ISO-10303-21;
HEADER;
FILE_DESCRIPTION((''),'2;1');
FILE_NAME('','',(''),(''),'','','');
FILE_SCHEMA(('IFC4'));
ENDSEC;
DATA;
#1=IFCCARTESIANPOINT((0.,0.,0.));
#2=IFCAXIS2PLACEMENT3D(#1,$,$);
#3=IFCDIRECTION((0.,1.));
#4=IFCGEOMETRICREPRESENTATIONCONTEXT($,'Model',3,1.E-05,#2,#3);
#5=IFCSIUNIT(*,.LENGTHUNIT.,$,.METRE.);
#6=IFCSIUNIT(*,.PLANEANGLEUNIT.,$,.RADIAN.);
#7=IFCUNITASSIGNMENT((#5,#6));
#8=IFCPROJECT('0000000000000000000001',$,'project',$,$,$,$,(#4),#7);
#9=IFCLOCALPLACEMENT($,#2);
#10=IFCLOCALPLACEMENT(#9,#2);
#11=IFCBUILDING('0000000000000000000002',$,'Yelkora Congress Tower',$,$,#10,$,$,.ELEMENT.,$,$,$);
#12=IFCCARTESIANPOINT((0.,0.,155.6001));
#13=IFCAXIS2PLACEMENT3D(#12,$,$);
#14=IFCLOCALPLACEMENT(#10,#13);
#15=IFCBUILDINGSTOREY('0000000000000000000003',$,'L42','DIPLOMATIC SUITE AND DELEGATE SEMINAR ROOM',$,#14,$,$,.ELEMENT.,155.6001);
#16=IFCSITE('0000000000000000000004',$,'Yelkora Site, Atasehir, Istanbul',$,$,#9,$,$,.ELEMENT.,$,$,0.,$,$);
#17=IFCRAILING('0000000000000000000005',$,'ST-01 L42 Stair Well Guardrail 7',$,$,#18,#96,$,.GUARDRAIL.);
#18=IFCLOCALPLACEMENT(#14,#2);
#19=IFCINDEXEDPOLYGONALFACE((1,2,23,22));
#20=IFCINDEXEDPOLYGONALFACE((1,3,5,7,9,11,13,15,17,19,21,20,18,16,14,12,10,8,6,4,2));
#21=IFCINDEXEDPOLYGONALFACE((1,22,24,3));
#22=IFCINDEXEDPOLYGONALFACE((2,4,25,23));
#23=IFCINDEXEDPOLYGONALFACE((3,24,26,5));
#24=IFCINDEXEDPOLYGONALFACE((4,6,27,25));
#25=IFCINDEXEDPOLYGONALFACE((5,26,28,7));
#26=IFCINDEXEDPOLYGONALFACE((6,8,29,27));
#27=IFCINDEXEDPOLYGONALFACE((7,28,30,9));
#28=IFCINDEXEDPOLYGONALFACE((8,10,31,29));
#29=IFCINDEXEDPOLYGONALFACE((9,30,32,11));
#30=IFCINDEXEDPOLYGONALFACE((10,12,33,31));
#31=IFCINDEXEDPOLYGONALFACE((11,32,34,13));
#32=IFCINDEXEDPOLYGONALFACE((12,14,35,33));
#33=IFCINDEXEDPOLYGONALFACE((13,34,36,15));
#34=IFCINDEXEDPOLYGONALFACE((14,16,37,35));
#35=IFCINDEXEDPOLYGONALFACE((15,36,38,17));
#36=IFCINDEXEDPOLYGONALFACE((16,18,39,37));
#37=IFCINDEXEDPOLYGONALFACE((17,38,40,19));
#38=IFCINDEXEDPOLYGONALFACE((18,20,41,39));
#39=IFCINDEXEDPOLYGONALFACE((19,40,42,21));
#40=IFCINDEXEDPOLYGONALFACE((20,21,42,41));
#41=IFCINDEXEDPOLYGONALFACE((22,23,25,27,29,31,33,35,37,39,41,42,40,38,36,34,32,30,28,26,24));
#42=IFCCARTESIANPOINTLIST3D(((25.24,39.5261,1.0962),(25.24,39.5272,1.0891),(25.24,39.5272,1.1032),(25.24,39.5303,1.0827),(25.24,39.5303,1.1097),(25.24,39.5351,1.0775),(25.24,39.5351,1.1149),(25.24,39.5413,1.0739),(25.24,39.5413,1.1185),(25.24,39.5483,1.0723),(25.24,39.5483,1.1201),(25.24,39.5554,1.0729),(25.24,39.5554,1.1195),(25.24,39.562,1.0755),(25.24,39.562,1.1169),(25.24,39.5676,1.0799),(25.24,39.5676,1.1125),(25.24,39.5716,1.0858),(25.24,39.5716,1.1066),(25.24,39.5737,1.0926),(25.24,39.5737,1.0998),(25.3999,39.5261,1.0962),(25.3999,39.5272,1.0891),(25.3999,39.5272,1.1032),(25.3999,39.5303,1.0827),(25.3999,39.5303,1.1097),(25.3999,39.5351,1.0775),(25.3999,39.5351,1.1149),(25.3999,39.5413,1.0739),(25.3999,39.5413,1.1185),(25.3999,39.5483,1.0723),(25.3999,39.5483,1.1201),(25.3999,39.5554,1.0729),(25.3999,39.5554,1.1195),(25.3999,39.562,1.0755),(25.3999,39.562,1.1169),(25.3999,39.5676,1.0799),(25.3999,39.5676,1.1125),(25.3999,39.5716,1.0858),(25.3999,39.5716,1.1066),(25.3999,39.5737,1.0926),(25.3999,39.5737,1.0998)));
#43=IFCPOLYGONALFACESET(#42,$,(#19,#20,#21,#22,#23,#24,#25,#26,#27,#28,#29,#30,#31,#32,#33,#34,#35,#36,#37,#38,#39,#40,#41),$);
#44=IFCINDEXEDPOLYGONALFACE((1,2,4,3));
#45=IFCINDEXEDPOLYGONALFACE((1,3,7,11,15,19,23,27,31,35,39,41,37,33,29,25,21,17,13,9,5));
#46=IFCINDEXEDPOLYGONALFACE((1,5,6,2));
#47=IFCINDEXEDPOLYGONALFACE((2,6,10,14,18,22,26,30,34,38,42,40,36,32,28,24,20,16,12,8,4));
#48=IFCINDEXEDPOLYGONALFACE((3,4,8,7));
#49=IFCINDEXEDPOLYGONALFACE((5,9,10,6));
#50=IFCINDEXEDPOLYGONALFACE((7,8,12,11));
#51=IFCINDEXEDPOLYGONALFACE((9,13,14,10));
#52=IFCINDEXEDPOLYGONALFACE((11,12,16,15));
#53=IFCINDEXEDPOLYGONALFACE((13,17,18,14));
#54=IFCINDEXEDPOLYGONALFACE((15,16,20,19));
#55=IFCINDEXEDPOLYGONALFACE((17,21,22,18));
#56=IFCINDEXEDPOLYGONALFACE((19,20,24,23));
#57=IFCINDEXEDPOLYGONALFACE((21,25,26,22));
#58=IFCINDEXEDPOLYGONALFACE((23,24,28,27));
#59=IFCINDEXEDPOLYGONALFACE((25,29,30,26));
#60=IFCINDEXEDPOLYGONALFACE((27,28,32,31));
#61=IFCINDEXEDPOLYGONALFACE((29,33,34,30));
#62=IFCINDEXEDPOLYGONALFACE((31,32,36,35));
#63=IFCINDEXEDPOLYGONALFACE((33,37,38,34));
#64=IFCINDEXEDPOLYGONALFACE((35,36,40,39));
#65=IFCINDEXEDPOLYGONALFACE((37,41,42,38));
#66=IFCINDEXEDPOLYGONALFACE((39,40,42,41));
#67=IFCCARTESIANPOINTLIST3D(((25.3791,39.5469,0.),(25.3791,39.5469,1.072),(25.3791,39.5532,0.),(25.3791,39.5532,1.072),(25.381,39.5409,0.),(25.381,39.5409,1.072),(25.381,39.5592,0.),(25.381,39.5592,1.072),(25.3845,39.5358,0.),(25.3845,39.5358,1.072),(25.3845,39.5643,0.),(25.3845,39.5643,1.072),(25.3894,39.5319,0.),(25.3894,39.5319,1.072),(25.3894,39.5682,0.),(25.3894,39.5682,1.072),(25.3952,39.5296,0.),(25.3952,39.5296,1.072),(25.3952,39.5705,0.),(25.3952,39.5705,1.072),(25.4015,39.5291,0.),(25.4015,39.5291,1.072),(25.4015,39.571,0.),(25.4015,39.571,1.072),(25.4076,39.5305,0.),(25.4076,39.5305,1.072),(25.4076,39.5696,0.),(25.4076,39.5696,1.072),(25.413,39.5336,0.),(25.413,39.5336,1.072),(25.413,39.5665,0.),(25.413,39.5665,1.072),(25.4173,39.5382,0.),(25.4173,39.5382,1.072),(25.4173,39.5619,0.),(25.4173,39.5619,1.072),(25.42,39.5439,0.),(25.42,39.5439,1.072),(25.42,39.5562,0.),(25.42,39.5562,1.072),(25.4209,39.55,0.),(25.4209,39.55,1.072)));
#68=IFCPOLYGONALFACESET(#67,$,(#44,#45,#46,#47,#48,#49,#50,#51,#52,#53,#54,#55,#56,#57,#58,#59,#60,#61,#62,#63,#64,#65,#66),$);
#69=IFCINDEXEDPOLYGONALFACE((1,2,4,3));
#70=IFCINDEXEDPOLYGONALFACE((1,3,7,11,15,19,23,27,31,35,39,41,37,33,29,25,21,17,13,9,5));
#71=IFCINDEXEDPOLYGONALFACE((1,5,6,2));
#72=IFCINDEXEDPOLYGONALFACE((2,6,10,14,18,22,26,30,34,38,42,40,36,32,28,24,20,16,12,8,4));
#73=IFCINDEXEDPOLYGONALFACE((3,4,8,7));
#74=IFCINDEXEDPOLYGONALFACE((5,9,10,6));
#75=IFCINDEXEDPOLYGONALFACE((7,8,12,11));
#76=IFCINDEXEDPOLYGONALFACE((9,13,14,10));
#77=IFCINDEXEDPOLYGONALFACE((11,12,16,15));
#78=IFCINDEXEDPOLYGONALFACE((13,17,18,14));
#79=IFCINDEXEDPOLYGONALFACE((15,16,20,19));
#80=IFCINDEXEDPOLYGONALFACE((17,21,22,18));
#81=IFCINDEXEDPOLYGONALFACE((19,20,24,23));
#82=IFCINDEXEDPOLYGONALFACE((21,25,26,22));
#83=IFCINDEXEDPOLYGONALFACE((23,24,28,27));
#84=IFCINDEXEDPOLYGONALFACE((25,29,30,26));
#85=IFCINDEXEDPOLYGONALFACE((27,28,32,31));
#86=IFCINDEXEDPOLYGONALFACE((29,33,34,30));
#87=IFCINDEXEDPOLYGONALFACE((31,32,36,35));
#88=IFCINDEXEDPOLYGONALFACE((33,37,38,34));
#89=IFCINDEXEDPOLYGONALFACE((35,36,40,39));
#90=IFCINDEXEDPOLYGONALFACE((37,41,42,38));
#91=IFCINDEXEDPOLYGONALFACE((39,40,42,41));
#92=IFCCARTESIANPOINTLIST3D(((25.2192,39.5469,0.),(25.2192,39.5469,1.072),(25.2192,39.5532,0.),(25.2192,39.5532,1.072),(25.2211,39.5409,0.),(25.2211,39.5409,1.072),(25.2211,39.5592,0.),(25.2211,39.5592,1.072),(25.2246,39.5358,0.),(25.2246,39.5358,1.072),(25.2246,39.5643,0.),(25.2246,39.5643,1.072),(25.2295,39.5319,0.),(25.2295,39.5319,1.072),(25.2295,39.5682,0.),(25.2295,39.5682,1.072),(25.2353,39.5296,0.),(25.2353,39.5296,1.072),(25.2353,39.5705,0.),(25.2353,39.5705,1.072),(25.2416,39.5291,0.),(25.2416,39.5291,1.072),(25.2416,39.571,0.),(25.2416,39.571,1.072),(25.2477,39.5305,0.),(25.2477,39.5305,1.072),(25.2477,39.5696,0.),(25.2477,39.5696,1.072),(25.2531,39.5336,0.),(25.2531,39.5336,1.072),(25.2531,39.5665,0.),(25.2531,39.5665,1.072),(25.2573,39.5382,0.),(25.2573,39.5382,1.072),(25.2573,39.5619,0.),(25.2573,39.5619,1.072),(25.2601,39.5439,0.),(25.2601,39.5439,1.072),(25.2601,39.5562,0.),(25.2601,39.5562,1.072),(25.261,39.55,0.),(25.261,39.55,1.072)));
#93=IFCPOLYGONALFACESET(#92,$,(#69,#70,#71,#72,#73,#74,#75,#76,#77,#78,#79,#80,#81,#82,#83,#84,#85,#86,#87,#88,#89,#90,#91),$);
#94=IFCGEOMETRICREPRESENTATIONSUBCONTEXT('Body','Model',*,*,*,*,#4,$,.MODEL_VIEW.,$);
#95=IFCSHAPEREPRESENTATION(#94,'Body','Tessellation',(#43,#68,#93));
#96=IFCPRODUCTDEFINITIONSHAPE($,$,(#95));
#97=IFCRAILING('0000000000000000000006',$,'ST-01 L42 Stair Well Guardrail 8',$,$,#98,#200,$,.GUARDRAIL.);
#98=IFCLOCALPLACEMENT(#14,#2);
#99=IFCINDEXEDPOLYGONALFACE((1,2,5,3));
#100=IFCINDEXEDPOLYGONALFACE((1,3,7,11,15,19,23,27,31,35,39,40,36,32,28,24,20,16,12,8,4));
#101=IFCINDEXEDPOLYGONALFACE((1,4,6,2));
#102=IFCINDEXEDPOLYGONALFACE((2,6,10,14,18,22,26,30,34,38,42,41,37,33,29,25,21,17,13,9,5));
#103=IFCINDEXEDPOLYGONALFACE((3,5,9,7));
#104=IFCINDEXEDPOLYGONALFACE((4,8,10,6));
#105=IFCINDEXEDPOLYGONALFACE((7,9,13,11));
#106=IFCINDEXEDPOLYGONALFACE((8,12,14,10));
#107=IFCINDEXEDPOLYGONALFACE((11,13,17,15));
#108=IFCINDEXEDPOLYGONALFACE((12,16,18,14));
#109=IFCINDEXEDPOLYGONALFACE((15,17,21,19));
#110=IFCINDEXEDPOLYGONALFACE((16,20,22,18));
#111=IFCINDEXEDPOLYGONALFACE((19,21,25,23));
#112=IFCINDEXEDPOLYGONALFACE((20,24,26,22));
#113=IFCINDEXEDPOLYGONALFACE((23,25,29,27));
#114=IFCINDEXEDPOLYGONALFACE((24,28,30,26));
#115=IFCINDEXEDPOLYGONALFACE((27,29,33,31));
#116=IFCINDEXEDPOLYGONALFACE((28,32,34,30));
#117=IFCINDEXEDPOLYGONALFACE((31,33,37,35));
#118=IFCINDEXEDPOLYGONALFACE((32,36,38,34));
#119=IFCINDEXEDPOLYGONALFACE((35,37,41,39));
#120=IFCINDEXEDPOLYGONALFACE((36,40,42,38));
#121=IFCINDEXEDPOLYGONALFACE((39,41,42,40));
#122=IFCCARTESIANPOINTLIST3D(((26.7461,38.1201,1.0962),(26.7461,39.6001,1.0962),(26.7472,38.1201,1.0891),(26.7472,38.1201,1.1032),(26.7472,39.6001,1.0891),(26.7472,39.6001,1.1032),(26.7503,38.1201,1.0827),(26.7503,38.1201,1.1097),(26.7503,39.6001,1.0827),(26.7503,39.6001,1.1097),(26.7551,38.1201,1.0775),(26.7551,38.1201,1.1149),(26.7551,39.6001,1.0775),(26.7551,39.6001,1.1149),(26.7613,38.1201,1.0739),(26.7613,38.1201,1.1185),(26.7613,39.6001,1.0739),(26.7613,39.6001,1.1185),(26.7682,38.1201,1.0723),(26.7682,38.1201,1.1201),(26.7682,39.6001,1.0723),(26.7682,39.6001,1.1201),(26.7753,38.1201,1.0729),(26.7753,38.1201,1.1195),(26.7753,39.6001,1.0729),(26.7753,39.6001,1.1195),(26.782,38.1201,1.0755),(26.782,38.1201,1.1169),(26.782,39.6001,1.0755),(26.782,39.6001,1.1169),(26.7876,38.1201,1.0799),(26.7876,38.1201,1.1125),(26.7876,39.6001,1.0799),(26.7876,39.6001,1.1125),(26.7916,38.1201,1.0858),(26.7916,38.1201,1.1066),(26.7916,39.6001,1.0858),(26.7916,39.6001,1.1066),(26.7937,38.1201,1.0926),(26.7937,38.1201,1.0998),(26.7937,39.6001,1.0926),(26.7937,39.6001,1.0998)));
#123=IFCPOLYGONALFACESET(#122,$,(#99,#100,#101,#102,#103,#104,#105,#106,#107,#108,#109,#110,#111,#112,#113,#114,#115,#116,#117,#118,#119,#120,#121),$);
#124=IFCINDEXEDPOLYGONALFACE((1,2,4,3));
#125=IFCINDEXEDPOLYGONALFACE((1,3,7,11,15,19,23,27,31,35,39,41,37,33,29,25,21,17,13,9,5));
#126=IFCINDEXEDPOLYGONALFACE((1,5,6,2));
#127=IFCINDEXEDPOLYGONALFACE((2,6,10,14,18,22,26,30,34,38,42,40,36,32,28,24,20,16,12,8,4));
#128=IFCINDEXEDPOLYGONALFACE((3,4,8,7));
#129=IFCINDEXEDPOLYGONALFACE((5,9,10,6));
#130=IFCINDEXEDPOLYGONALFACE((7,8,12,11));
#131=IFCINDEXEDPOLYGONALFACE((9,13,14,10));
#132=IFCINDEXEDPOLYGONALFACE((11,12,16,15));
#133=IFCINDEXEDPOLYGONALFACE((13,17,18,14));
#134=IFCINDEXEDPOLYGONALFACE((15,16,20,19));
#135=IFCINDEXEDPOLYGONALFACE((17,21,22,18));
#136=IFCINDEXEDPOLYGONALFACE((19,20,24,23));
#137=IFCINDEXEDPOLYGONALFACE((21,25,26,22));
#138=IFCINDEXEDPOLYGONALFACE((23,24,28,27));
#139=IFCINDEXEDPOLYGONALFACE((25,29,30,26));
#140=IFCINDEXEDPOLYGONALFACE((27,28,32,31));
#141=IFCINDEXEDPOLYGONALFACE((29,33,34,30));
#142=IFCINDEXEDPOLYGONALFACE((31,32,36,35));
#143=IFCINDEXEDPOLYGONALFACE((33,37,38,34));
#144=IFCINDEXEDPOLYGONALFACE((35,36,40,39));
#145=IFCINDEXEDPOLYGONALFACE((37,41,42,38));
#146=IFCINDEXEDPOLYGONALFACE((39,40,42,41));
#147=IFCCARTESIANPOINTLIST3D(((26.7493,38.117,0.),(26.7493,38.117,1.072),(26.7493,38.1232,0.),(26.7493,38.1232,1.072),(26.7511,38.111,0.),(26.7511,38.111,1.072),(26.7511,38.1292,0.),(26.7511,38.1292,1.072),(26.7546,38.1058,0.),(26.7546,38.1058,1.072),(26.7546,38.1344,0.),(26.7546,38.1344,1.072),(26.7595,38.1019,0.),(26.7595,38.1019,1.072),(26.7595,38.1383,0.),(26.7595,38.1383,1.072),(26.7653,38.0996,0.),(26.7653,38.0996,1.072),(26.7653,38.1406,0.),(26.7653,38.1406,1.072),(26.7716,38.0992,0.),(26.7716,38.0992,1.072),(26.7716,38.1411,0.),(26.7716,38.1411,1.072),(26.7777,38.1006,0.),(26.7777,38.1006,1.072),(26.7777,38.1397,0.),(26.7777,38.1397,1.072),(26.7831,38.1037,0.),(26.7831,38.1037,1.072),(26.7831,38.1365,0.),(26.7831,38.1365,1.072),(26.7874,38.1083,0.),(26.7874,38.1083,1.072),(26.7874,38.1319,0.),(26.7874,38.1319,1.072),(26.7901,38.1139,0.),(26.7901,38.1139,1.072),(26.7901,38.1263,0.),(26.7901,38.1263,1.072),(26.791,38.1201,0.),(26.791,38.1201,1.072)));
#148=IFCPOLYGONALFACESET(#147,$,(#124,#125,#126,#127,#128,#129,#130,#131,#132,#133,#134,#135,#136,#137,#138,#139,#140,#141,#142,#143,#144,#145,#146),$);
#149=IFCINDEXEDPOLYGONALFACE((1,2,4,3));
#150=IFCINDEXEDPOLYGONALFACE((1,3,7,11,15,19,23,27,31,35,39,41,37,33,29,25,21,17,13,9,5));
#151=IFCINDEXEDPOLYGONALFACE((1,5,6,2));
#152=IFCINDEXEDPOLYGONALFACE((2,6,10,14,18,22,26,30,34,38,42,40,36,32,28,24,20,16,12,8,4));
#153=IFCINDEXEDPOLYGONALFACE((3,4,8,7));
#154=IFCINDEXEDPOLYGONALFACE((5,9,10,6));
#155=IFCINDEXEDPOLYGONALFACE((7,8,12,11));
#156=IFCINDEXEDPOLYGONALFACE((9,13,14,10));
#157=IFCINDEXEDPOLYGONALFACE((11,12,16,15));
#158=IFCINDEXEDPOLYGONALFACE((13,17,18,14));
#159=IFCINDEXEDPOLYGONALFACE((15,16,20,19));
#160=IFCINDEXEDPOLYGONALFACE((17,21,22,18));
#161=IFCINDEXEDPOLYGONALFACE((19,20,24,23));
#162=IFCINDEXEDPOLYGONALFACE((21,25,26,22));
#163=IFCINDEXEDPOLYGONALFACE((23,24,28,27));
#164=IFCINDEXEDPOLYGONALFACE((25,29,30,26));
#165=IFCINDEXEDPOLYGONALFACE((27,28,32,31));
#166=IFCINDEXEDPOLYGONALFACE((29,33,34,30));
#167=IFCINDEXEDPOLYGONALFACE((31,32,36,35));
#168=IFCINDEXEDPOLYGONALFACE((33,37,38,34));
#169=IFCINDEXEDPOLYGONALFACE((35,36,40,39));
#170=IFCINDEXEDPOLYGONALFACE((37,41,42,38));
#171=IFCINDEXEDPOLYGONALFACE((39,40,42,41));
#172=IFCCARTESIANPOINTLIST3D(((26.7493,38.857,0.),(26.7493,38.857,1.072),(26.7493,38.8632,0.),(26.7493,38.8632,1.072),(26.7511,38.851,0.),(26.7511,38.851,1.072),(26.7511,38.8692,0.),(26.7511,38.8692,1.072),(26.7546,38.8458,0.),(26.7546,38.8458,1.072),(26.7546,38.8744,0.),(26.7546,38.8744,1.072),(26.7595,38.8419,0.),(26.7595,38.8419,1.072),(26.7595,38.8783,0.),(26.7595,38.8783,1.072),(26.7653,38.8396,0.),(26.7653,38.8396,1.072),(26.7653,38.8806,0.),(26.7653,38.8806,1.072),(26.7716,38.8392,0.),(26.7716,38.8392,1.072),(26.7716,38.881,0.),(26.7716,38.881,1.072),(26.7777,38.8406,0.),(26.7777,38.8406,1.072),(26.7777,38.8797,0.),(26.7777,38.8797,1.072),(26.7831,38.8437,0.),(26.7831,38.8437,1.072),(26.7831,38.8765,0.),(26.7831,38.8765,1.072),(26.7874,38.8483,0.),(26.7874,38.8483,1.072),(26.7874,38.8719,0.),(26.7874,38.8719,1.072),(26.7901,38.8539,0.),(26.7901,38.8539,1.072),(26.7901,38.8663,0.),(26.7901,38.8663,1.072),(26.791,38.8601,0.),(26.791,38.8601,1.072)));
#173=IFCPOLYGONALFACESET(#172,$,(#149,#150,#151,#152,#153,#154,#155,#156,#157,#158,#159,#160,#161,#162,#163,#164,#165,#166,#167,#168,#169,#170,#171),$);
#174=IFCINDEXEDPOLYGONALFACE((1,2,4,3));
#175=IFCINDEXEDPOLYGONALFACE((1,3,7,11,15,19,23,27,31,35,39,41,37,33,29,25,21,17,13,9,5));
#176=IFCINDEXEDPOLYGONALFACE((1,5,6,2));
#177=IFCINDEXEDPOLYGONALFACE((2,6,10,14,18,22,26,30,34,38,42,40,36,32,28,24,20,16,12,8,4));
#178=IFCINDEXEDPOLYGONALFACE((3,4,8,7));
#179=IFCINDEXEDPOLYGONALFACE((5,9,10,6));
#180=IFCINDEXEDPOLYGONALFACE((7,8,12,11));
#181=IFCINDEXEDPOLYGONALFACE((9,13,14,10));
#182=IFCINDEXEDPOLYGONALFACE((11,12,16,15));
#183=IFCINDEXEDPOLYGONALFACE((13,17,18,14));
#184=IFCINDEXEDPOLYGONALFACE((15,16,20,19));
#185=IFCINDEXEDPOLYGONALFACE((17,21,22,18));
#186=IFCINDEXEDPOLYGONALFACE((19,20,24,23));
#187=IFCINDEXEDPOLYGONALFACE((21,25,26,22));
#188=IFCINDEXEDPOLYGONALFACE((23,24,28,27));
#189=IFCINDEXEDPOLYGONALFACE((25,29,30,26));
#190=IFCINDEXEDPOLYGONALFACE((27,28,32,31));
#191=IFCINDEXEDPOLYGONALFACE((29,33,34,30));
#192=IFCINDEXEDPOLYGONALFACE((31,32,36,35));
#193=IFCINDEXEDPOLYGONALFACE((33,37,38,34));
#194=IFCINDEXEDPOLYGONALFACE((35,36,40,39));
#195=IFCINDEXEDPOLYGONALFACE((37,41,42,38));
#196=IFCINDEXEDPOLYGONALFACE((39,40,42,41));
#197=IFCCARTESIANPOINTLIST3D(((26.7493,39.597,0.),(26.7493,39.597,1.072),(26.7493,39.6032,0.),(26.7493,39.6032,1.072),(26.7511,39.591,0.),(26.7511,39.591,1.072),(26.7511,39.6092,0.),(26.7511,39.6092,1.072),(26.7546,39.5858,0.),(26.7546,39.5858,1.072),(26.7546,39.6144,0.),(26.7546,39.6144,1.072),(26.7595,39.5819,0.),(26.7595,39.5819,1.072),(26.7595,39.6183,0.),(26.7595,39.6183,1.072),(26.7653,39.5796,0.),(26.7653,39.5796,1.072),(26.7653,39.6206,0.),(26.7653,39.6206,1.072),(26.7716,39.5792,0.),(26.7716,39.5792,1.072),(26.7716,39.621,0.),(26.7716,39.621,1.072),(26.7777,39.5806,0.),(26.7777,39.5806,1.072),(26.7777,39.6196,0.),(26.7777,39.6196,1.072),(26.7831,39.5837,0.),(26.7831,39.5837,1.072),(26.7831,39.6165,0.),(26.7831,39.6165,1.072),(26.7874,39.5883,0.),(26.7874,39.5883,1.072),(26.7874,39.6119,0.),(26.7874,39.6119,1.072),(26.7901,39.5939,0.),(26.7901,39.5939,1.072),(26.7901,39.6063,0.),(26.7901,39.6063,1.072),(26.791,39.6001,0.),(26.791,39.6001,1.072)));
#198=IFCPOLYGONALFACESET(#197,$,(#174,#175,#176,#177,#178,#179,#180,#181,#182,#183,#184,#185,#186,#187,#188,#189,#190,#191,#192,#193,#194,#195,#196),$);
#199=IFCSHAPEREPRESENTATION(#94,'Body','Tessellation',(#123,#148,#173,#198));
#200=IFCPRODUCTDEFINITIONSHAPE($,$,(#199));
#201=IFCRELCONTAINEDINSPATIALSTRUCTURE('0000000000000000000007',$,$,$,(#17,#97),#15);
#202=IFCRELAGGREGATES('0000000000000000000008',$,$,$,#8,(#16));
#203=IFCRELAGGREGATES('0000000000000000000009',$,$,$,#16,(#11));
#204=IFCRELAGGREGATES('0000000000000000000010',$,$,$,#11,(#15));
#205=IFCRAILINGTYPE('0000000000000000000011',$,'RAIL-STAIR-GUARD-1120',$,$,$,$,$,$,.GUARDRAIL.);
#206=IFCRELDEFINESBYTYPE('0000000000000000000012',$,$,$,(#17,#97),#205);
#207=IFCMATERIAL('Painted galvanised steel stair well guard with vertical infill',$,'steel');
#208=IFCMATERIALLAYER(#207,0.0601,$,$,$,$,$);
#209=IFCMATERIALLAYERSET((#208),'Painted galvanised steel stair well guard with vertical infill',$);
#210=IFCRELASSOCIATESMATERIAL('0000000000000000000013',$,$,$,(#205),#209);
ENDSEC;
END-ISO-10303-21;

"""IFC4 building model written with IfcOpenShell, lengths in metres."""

from ifc_helpers import new_model, si_unit, direction, frame, origin, origin_2d, place, context, subcontext, project, spatial, circle, extrude, material, layer, layer_set, type_object, element, save


model = new_model("IFC4")

# Units and contexts
model_context = context("Model", 3, precision=1e-05, world=origin(), true_north=direction((0.0, 1.0)))
body_context = subcontext(model_context, "Body", "Model", "MODEL_VIEW")
ifc_project = project(units=[si_unit("LENGTHUNIT", "METRE"), si_unit("PLANEANGLEUNIT", "RADIAN")], contexts=[model_context])

# Site, building, storey
site_placement = place(None, origin())
site = spatial("IfcSite", under=ifc_project, at=site_placement, Name="Yelkora Site, Atasehir, Istanbul", CompositionType="ELEMENT", RefElevation=0.0)
building_placement = place(site_placement, origin())
building = spatial("IfcBuilding", under=site, at=building_placement, Name="Yelkora Congress Tower", CompositionType="ELEMENT")
storey_placement = place(building_placement, frame((0.0, 0.0, 155.6001)))
storey = spatial("IfcBuildingStorey", under=building, at=storey_placement, Name="L42", Description="DIPLOMATIC SUITE AND DELEGATE SEMINAR ROOM", CompositionType="ELEMENT", Elevation=155.6001)

# Railings
ifc_material_1 = material(Name="Painted galvanised steel stair well guard with vertical infill", Category="steel")
ifc_layer_1 = layer(ifc_material_1, 0.0601)
ifc_layer_set_1 = layer_set([ifc_layer_1], Name="Painted galvanised steel stair well guard with vertical infill")
railing_type_1 = type_object("IfcRailingType", Name="RAIL-STAIR-GUARD-1120", PredefinedType="GUARDRAIL", material=ifc_layer_set_1)
railing_1_placement = place(storey_placement, frame((25.3999, 39.55, 0.0)))
element("IfcRailing", 1, at=railing_1_placement, inside=storey, type_object=railing_type_1, Name="ST-01 L42 Stair Well Guardrail 7", PredefinedType="GUARDRAIL", context=body_context, shape_type="SweptSolid", body=[
    extrude(circle(Radius=0.0239, at=origin_2d()), frame((0.0, 0.0, 1.0962), z_axis=(-1.0, 0.0, 0.0), x_axis=(0.0, -1.0, 0.0)), (0.0, 0.0, 1.0), 0.1599),
    extrude(circle(Radius=0.021, at=origin_2d()), origin(), (0.0, 0.0, 1.0), 1.072),
    extrude(circle(Radius=0.021, at=origin_2d()), frame((-0.1599, 0.0, 0.0)), (0.0, 0.0, 1.0), 1.072),
])
for number, where, name in (
    (2, (26.77, 38.1201, 0.0), "ST-01 L42 Stair Well Guardrail 8"),
):
    element("IfcRailing", number, at=place(storey_placement, frame(where)), inside=storey, type_object=railing_type_1, Name=name, PredefinedType="GUARDRAIL", context=body_context, shape_type="SweptSolid", body=[
        extrude(circle(Radius=0.0239, at=origin_2d()), frame((0.0, 0.0, 1.0962), z_axis=(0.0, 1.0, 0.0), x_axis=(-1.0, 0.0, 0.0)), (0.0, 0.0, 1.0), 1.48),
        extrude(circle(Radius=0.021, at=origin_2d()), origin(), (0.0, 0.0, 1.0), 1.072),
        extrude(circle(Radius=0.021, at=origin_2d()), frame((0.0, 0.74, 0.0)), (0.0, 0.0, 1.0), 1.072),
        extrude(circle(Radius=0.021, at=origin_2d()), frame((0.0, 1.48, 0.0)), (0.0, 0.0, 1.0), 1.072),
    ])

save(model, "model.ifc")
